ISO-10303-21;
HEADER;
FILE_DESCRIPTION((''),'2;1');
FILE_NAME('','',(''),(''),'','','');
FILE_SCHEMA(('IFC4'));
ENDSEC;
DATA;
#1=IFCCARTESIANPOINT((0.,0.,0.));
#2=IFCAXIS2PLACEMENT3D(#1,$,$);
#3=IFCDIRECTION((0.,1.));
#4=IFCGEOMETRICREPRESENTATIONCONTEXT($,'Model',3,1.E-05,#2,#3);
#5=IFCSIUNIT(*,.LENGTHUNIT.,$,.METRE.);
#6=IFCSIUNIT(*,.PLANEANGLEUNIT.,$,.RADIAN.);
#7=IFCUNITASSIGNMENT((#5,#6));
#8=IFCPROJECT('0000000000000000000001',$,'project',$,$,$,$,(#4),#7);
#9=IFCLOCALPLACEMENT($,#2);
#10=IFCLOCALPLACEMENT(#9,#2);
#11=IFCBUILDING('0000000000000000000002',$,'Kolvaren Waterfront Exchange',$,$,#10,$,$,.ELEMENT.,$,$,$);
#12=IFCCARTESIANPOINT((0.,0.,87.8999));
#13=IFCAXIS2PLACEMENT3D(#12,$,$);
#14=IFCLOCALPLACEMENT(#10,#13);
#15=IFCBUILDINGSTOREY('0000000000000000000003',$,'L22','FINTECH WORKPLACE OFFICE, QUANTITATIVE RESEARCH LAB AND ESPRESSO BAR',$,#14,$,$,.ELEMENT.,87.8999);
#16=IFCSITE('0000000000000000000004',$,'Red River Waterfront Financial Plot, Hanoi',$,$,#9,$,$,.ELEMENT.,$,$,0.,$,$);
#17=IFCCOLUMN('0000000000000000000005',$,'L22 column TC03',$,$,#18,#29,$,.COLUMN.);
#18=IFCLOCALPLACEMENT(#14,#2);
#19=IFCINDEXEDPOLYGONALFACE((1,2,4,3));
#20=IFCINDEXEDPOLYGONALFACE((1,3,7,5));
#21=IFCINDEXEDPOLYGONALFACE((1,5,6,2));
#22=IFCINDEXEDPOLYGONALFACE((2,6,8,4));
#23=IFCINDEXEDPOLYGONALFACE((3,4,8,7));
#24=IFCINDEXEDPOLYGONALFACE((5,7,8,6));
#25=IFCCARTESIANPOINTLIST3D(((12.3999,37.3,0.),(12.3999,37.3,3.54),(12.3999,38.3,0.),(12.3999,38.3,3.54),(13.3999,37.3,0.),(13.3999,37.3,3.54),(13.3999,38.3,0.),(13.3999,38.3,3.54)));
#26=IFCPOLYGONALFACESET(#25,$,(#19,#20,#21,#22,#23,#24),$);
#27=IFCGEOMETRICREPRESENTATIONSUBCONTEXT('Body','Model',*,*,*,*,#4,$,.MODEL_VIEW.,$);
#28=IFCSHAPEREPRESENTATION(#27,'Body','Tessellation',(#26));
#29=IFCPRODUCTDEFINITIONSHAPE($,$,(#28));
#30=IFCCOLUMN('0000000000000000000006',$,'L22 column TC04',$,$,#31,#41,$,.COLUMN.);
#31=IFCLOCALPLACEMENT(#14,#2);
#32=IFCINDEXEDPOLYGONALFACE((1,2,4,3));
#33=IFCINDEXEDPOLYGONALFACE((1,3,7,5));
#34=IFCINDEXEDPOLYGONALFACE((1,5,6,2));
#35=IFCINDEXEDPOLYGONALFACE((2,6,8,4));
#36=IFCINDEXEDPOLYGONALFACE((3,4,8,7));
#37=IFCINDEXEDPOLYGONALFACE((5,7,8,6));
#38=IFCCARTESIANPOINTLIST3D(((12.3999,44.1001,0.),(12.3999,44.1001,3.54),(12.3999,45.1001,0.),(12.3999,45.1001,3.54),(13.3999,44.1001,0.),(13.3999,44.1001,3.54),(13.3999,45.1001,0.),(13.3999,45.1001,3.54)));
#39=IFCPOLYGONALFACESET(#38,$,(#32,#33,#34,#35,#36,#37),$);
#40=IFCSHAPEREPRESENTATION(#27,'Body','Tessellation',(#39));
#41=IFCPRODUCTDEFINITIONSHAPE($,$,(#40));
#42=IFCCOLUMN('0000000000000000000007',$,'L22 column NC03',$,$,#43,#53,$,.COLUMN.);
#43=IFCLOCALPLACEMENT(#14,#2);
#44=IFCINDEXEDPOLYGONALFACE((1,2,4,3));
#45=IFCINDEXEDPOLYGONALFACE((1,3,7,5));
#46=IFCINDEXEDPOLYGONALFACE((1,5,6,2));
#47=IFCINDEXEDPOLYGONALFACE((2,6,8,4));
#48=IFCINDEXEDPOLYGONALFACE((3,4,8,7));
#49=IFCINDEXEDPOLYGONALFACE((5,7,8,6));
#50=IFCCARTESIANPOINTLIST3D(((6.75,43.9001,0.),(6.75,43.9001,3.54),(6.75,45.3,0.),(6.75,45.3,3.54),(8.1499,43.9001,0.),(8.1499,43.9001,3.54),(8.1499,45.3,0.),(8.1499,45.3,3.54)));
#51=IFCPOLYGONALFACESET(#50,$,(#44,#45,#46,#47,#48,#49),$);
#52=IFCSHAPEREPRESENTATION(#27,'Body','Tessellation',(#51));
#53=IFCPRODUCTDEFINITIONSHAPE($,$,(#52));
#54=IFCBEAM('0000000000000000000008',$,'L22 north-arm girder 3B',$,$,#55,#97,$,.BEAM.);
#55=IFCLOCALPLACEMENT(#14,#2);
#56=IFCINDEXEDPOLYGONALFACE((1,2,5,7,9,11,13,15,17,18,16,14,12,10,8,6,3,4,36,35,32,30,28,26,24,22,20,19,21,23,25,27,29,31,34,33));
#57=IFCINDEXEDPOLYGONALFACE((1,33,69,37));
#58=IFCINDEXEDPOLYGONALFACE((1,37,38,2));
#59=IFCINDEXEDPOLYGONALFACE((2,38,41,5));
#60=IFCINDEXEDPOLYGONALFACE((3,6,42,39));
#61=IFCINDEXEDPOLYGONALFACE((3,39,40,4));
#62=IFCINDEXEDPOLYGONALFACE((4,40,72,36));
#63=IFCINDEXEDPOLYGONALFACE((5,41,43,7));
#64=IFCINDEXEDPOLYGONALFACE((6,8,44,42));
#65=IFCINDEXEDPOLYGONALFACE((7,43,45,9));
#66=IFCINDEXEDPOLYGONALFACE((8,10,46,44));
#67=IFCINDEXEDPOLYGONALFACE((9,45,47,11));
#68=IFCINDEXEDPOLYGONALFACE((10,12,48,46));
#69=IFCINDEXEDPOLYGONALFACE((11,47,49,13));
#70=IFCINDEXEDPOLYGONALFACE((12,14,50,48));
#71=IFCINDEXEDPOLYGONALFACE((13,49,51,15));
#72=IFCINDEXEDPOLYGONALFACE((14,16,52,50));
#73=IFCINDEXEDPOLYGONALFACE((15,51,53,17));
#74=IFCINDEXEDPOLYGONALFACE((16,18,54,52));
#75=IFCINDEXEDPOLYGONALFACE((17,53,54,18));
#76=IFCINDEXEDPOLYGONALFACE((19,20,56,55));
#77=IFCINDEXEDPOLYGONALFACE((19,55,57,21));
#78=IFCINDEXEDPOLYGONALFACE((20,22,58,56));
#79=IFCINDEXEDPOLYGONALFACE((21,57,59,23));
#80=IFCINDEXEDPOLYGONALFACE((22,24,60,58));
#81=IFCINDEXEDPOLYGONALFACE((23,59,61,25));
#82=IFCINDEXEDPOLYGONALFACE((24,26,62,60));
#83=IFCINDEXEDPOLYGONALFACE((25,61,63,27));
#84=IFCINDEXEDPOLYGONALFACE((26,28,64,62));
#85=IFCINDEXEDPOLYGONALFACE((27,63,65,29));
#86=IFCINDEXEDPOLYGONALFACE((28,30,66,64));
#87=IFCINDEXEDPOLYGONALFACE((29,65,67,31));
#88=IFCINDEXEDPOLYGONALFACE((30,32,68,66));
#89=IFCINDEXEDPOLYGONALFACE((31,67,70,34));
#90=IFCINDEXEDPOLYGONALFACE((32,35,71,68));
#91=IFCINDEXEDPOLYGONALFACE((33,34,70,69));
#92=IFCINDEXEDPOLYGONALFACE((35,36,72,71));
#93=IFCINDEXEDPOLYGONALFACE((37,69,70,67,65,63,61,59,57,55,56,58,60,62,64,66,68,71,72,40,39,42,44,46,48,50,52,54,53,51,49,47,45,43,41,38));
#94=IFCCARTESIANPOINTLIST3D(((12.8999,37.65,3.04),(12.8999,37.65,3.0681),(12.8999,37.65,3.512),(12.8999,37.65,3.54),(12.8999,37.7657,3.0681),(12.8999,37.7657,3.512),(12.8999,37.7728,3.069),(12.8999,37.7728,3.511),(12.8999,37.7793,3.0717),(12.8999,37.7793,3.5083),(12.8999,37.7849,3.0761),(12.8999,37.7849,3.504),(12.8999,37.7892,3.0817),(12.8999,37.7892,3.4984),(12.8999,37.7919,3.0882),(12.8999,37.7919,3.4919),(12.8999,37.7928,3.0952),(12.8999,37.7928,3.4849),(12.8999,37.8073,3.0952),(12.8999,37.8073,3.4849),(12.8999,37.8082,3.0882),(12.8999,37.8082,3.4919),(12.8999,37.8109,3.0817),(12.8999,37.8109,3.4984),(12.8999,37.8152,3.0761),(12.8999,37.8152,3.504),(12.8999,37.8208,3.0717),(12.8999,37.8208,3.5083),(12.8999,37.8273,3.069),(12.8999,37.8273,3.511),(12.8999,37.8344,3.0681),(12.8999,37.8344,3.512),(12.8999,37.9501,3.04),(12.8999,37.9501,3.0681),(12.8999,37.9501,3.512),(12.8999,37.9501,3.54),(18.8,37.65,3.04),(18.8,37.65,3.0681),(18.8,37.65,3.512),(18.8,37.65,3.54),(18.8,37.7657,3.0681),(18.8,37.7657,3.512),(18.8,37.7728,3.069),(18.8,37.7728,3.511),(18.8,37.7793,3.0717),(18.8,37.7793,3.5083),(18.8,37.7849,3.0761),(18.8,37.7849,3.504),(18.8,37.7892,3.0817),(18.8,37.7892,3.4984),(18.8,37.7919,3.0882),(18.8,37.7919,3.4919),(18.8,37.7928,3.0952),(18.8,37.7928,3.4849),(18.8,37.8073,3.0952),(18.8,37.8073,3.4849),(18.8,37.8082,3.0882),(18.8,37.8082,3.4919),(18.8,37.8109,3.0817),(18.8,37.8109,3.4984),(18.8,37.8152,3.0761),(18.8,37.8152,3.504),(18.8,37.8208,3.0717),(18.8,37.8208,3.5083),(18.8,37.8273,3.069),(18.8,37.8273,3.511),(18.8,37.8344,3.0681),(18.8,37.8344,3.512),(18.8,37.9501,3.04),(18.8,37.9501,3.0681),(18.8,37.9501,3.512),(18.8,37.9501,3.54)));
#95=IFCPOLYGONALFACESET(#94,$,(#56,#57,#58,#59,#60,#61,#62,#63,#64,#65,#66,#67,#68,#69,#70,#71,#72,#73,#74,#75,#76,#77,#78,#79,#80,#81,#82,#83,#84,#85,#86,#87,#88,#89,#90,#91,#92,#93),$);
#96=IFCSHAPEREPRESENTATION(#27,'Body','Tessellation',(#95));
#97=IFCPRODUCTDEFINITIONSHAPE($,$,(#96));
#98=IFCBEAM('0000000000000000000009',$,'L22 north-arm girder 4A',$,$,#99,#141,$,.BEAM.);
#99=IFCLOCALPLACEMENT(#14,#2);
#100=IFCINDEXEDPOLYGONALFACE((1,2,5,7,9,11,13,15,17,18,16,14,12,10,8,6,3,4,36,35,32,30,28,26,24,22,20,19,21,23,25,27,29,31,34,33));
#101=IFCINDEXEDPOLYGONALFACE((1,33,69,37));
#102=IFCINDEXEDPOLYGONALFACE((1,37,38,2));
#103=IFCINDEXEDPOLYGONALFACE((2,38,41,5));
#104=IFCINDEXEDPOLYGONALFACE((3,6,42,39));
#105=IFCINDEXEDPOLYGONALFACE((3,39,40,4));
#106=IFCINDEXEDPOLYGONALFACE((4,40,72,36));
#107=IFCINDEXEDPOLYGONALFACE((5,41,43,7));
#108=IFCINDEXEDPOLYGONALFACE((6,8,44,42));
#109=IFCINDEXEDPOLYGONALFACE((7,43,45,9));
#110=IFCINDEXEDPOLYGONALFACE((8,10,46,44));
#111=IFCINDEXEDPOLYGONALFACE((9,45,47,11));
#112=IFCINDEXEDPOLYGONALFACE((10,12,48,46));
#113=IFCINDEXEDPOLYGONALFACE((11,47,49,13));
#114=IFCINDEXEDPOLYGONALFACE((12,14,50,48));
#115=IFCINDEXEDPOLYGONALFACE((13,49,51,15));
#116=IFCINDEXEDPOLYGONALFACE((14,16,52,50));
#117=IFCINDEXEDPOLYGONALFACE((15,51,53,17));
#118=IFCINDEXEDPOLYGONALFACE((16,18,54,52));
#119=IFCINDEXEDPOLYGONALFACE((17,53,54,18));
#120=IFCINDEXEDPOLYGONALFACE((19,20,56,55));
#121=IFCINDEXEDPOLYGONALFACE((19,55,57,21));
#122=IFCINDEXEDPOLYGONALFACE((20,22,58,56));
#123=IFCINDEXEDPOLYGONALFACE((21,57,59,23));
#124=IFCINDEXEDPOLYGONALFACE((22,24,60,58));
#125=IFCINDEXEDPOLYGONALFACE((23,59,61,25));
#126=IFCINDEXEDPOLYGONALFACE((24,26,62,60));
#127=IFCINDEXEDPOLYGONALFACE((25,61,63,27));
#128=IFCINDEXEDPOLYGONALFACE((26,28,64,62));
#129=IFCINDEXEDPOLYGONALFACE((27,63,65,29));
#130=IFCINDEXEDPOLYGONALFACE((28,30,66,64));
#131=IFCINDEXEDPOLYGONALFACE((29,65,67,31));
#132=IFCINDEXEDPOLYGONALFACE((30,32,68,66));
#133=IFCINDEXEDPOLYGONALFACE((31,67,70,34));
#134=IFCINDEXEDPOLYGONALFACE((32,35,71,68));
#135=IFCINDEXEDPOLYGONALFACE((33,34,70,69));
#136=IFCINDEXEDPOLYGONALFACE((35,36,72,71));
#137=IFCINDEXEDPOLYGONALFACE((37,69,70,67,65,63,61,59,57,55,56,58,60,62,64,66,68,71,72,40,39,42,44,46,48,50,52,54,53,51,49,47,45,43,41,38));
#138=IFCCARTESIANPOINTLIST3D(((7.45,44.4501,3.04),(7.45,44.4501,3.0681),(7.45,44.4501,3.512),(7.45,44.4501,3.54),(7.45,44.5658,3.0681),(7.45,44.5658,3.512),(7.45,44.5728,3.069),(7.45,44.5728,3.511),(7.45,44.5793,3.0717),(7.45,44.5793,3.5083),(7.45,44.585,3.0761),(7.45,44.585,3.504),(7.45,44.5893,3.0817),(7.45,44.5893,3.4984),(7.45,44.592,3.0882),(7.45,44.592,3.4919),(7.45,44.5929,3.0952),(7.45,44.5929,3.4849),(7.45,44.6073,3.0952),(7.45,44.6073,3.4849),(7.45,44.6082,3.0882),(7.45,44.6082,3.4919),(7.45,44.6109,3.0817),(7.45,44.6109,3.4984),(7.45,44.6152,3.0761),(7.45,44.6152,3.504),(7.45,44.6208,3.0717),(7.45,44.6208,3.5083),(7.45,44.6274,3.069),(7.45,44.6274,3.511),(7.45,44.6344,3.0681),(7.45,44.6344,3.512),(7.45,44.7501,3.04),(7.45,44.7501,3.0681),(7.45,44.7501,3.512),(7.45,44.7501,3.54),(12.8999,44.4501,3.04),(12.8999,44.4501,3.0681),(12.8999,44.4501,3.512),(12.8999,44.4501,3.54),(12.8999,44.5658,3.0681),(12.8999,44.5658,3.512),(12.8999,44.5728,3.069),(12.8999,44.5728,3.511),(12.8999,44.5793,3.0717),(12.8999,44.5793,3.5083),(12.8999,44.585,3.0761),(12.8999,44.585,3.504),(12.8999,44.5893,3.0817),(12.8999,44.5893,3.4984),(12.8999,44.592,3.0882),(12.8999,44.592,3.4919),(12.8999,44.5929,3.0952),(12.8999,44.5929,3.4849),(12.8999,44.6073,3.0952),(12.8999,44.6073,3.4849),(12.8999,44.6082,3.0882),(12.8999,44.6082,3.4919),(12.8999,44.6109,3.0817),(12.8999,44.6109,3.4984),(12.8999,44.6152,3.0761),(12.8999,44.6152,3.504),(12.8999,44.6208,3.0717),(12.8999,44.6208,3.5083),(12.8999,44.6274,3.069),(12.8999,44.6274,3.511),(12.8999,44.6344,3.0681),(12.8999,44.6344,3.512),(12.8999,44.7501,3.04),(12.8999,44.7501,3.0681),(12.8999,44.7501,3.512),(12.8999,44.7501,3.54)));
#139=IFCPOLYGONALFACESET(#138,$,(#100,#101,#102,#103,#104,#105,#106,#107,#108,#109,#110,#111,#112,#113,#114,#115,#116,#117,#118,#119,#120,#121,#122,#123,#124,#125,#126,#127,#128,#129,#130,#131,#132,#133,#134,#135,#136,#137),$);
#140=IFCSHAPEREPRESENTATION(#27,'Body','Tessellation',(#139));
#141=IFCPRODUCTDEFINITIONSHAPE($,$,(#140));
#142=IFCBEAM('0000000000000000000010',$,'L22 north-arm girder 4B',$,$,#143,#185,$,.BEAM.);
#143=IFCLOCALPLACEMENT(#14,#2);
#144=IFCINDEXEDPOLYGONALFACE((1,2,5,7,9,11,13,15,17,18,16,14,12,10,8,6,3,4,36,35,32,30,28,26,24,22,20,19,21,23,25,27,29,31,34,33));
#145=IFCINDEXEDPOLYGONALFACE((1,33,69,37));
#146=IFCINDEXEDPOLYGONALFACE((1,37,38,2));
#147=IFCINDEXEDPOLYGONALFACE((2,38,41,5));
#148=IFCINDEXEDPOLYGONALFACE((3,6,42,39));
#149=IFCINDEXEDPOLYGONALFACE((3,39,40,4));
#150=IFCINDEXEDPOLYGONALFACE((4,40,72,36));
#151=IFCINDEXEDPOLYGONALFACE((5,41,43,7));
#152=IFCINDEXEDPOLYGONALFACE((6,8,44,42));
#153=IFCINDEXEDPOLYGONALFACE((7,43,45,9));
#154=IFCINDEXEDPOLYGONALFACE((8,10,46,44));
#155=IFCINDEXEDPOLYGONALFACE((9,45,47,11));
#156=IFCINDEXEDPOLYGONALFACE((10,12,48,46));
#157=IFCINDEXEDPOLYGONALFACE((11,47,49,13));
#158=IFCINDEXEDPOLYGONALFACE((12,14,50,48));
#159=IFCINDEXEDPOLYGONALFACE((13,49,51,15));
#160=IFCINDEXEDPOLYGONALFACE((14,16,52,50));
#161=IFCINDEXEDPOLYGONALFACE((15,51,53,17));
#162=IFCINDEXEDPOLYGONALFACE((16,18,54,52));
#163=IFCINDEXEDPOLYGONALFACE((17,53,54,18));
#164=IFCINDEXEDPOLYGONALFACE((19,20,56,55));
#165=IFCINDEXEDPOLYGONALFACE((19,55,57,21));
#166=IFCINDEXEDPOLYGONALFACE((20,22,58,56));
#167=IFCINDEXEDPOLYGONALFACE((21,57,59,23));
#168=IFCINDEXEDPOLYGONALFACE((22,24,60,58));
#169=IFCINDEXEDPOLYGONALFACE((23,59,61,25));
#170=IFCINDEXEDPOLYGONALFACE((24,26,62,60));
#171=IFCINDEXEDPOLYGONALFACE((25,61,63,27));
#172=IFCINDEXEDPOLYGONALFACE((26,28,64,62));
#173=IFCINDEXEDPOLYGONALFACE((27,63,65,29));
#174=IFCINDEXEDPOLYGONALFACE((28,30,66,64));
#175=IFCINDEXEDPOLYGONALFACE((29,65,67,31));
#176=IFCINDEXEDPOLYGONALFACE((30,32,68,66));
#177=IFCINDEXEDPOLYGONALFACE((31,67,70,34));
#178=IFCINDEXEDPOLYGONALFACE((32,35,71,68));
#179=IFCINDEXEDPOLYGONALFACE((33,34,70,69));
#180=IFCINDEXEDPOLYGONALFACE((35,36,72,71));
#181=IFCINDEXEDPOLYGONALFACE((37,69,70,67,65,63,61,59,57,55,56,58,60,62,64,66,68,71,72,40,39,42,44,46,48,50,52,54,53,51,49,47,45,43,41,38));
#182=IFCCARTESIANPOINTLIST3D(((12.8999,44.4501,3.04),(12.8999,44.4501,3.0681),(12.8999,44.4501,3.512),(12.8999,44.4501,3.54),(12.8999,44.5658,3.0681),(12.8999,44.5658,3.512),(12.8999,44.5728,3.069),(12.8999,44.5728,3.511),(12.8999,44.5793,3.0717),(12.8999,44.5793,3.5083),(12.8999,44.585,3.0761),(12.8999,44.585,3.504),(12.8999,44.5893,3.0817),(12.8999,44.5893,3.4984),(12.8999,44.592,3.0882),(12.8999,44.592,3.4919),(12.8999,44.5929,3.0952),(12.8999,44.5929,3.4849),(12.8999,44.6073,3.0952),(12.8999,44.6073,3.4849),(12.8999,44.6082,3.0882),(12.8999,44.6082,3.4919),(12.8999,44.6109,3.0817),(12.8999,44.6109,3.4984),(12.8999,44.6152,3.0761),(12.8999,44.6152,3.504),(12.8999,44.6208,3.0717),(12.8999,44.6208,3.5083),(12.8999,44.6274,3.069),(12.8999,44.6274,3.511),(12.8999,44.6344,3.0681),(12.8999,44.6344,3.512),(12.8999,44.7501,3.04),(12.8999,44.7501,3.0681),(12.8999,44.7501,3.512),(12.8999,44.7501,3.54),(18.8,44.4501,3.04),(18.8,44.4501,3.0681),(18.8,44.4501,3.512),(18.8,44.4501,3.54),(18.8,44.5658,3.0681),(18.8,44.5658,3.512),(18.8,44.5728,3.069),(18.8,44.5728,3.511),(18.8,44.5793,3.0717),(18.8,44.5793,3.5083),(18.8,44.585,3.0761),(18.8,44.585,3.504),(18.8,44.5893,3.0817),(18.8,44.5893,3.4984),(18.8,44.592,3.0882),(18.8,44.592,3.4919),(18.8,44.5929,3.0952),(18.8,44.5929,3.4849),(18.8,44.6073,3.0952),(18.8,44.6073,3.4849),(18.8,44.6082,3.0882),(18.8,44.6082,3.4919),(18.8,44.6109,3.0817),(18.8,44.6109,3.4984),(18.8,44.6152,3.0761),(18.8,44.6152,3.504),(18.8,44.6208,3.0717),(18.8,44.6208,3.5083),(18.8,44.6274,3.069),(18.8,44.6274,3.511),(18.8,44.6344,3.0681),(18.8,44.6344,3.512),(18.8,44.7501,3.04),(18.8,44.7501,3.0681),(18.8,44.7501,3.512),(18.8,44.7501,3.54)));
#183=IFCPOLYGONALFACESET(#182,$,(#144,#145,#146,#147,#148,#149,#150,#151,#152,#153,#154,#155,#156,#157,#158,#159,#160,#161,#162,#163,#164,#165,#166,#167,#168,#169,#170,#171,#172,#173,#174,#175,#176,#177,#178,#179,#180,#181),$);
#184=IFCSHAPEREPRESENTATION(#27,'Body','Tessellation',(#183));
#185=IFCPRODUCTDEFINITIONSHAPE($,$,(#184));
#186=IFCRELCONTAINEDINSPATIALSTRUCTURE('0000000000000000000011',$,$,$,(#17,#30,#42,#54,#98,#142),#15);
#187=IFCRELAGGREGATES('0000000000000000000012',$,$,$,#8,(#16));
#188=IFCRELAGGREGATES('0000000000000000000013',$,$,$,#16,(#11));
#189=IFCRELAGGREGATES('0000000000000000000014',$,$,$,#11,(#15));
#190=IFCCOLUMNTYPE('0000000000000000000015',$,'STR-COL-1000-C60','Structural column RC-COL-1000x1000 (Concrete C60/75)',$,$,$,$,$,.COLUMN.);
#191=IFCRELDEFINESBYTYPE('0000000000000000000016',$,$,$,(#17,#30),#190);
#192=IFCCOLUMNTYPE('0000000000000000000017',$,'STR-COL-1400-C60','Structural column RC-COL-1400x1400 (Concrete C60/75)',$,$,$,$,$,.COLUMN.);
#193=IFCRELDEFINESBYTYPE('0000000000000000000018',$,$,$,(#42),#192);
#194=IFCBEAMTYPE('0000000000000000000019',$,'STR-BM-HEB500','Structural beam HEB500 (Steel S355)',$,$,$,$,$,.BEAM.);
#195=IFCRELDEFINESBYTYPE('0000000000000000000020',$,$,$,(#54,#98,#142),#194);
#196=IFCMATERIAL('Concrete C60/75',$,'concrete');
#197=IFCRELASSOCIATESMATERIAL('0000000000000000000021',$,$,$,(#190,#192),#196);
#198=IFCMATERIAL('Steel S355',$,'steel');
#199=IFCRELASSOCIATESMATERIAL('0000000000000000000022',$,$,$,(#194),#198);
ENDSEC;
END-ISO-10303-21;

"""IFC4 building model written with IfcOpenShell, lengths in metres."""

from ifc_helpers import new_model, si_unit, direction, frame, origin, origin_2d, place, context, subcontext, project, spatial, rectangle, i_section, extrude, material, material_profile, profile_set, type_object, element, save


model = new_model("IFC4")

# Units and contexts
model_context = context("Model", 3, precision=1e-05, world=origin(), true_north=direction((0.0, 1.0)))
body_context = subcontext(model_context, "Body", "Model", "MODEL_VIEW")
ifc_project = project(units=[si_unit("LENGTHUNIT", "METRE"), si_unit("PLANEANGLEUNIT", "RADIAN")], contexts=[model_context])

# Site, building, storey
site_placement = place(None, origin())
site = spatial("IfcSite", under=ifc_project, at=site_placement, Name="Red River Waterfront Financial Plot, Hanoi", CompositionType="ELEMENT", RefElevation=0.0)
building_placement = place(site_placement, origin())
building = spatial("IfcBuilding", under=site, at=building_placement, Name="Kolvaren Waterfront Exchange", CompositionType="ELEMENT")
storey_placement = place(building_placement, frame((0.0, 0.0, 87.8999)))
storey = spatial("IfcBuildingStorey", under=building, at=storey_placement, Name="L22", Description="FINTECH WORKPLACE OFFICE, QUANTITATIVE RESEARCH LAB AND ESPRESSO BAR", CompositionType="ELEMENT", Elevation=87.8999)

# Columns
ifc_material_1 = material(Name="Concrete C60/75", Category="concrete")
ifc_material_profile_1 = material_profile(ifc_material_1, rectangle(XDim=1.0, YDim=1.0, at=origin_2d()), Name="RC-COL-1000x1000")
ifc_profile_set_1 = profile_set([ifc_material_profile_1], Name="Concrete C60/75")
column_type_1 = type_object("IfcColumnType", Name="STR-COL-1000-C60", Description="Structural column RC-COL-1000x1000 (Concrete C60/75)", PredefinedType="COLUMN", material=ifc_profile_set_1)
for number, where, z_axis, x_axis, name in (
    (1, (12.8999, 37.8, 0.0), (0.0, 0.0, 1.0), (1.0, 0.0, 0.0), "L22 column TC03"),
    (2, (12.8999, 44.6001, 0.0), (0.0, 0.0, 1.0), (1.0, 0.0, 0.0), "L22 column TC04"),
):
    element("IfcColumn", number, at=place(storey_placement, frame(where, z_axis=z_axis, x_axis=x_axis)), inside=storey, type_object=column_type_1, Name=name, PredefinedType="COLUMN", context=body_context, shape_type="SweptSolid", body=[
        extrude(rectangle(XDim=1.0, YDim=1.0, at=origin_2d()), origin(), (0.0, 0.0, 1.0), 3.54),
    ])
ifc_material_profile_2 = material_profile(ifc_material_1, rectangle(XDim=1.3999, YDim=1.3999, at=origin_2d()), Name="RC-COL-1400x1400")
ifc_profile_set_2 = profile_set([ifc_material_profile_2], Name="Concrete C60/75")
column_type_2 = type_object("IfcColumnType", Name="STR-COL-1400-C60", Description="Structural column RC-COL-1400x1400 (Concrete C60/75)", PredefinedType="COLUMN", material=ifc_profile_set_2)
column_placement = place(storey_placement, frame((7.45, 44.6001, 0.0), z_axis=(0.0, 0.0, 1.0), x_axis=(1.0, 0.0, 0.0)))
element("IfcColumn", 3, at=column_placement, inside=storey, type_object=column_type_2, Name="L22 column NC03", PredefinedType="COLUMN", context=body_context, shape_type="SweptSolid", body=[
    extrude(rectangle(XDim=1.3999, YDim=1.3999, at=origin_2d()), origin(), (0.0, 0.0, 1.0), 3.54),
])

# Beams
ifc_material_2 = material(Name="Steel S355", Category="steel")
ifc_material_profile_3 = material_profile(ifc_material_2, i_section(OverallWidth=0.3, OverallDepth=0.5, WebThickness=0.0144, FlangeThickness=0.0281, FilletRadius=0.0271, at=origin_2d()), Name="HEB500")
ifc_profile_set_3 = profile_set([ifc_material_profile_3], Name="Steel S355")
beam_type_1 = type_object("IfcBeamType", Name="STR-BM-HEB500", Description="Structural beam HEB500 (Steel S355)", PredefinedType="BEAM", material=ifc_profile_set_3)
beam_1_placement = place(storey_placement, frame((12.8999, 37.8, 3.29), z_axis=(1.0, 0.0, 0.0), x_axis=(0.0, 1.0, 0.0)))
element("IfcBeam", 4, at=beam_1_placement, inside=storey, type_object=beam_type_1, Name="L22 north-arm girder 3B", PredefinedType="BEAM", context=body_context, shape_type="SweptSolid", body=[
    extrude(i_section(OverallWidth=0.3, OverallDepth=0.5, WebThickness=0.0144, FlangeThickness=0.0281, FilletRadius=0.0271, at=origin_2d()), origin(), (0.0, 0.0, 1.0), 5.9001),
])
beam_2_placement = place(storey_placement, frame((7.45, 44.6001, 3.29), z_axis=(1.0, 0.0, 0.0), x_axis=(0.0, 1.0, 0.0)))
element("IfcBeam", 5, at=beam_2_placement, inside=storey, type_object=beam_type_1, Name="L22 north-arm girder 4A", PredefinedType="BEAM", context=body_context, shape_type="SweptSolid", body=[
    extrude(i_section(OverallWidth=0.3, OverallDepth=0.5, WebThickness=0.0144, FlangeThickness=0.0281, FilletRadius=0.0271, at=origin_2d()), origin(), (0.0, 0.0, 1.0), 5.45),
])
beam_3_placement = place(storey_placement, frame((12.8999, 44.6001, 3.29), z_axis=(1.0, 0.0, 0.0), x_axis=(0.0, 1.0, 0.0)))
element("IfcBeam", 6, at=beam_3_placement, inside=storey, type_object=beam_type_1, Name="L22 north-arm girder 4B", PredefinedType="BEAM", context=body_context, shape_type="SweptSolid", body=[
    extrude(i_section(OverallWidth=0.3, OverallDepth=0.5, WebThickness=0.0144, FlangeThickness=0.0281, FilletRadius=0.0271, at=origin_2d()), origin(), (0.0, 0.0, 1.0), 5.9001),
])

save(model, "model.ifc")
